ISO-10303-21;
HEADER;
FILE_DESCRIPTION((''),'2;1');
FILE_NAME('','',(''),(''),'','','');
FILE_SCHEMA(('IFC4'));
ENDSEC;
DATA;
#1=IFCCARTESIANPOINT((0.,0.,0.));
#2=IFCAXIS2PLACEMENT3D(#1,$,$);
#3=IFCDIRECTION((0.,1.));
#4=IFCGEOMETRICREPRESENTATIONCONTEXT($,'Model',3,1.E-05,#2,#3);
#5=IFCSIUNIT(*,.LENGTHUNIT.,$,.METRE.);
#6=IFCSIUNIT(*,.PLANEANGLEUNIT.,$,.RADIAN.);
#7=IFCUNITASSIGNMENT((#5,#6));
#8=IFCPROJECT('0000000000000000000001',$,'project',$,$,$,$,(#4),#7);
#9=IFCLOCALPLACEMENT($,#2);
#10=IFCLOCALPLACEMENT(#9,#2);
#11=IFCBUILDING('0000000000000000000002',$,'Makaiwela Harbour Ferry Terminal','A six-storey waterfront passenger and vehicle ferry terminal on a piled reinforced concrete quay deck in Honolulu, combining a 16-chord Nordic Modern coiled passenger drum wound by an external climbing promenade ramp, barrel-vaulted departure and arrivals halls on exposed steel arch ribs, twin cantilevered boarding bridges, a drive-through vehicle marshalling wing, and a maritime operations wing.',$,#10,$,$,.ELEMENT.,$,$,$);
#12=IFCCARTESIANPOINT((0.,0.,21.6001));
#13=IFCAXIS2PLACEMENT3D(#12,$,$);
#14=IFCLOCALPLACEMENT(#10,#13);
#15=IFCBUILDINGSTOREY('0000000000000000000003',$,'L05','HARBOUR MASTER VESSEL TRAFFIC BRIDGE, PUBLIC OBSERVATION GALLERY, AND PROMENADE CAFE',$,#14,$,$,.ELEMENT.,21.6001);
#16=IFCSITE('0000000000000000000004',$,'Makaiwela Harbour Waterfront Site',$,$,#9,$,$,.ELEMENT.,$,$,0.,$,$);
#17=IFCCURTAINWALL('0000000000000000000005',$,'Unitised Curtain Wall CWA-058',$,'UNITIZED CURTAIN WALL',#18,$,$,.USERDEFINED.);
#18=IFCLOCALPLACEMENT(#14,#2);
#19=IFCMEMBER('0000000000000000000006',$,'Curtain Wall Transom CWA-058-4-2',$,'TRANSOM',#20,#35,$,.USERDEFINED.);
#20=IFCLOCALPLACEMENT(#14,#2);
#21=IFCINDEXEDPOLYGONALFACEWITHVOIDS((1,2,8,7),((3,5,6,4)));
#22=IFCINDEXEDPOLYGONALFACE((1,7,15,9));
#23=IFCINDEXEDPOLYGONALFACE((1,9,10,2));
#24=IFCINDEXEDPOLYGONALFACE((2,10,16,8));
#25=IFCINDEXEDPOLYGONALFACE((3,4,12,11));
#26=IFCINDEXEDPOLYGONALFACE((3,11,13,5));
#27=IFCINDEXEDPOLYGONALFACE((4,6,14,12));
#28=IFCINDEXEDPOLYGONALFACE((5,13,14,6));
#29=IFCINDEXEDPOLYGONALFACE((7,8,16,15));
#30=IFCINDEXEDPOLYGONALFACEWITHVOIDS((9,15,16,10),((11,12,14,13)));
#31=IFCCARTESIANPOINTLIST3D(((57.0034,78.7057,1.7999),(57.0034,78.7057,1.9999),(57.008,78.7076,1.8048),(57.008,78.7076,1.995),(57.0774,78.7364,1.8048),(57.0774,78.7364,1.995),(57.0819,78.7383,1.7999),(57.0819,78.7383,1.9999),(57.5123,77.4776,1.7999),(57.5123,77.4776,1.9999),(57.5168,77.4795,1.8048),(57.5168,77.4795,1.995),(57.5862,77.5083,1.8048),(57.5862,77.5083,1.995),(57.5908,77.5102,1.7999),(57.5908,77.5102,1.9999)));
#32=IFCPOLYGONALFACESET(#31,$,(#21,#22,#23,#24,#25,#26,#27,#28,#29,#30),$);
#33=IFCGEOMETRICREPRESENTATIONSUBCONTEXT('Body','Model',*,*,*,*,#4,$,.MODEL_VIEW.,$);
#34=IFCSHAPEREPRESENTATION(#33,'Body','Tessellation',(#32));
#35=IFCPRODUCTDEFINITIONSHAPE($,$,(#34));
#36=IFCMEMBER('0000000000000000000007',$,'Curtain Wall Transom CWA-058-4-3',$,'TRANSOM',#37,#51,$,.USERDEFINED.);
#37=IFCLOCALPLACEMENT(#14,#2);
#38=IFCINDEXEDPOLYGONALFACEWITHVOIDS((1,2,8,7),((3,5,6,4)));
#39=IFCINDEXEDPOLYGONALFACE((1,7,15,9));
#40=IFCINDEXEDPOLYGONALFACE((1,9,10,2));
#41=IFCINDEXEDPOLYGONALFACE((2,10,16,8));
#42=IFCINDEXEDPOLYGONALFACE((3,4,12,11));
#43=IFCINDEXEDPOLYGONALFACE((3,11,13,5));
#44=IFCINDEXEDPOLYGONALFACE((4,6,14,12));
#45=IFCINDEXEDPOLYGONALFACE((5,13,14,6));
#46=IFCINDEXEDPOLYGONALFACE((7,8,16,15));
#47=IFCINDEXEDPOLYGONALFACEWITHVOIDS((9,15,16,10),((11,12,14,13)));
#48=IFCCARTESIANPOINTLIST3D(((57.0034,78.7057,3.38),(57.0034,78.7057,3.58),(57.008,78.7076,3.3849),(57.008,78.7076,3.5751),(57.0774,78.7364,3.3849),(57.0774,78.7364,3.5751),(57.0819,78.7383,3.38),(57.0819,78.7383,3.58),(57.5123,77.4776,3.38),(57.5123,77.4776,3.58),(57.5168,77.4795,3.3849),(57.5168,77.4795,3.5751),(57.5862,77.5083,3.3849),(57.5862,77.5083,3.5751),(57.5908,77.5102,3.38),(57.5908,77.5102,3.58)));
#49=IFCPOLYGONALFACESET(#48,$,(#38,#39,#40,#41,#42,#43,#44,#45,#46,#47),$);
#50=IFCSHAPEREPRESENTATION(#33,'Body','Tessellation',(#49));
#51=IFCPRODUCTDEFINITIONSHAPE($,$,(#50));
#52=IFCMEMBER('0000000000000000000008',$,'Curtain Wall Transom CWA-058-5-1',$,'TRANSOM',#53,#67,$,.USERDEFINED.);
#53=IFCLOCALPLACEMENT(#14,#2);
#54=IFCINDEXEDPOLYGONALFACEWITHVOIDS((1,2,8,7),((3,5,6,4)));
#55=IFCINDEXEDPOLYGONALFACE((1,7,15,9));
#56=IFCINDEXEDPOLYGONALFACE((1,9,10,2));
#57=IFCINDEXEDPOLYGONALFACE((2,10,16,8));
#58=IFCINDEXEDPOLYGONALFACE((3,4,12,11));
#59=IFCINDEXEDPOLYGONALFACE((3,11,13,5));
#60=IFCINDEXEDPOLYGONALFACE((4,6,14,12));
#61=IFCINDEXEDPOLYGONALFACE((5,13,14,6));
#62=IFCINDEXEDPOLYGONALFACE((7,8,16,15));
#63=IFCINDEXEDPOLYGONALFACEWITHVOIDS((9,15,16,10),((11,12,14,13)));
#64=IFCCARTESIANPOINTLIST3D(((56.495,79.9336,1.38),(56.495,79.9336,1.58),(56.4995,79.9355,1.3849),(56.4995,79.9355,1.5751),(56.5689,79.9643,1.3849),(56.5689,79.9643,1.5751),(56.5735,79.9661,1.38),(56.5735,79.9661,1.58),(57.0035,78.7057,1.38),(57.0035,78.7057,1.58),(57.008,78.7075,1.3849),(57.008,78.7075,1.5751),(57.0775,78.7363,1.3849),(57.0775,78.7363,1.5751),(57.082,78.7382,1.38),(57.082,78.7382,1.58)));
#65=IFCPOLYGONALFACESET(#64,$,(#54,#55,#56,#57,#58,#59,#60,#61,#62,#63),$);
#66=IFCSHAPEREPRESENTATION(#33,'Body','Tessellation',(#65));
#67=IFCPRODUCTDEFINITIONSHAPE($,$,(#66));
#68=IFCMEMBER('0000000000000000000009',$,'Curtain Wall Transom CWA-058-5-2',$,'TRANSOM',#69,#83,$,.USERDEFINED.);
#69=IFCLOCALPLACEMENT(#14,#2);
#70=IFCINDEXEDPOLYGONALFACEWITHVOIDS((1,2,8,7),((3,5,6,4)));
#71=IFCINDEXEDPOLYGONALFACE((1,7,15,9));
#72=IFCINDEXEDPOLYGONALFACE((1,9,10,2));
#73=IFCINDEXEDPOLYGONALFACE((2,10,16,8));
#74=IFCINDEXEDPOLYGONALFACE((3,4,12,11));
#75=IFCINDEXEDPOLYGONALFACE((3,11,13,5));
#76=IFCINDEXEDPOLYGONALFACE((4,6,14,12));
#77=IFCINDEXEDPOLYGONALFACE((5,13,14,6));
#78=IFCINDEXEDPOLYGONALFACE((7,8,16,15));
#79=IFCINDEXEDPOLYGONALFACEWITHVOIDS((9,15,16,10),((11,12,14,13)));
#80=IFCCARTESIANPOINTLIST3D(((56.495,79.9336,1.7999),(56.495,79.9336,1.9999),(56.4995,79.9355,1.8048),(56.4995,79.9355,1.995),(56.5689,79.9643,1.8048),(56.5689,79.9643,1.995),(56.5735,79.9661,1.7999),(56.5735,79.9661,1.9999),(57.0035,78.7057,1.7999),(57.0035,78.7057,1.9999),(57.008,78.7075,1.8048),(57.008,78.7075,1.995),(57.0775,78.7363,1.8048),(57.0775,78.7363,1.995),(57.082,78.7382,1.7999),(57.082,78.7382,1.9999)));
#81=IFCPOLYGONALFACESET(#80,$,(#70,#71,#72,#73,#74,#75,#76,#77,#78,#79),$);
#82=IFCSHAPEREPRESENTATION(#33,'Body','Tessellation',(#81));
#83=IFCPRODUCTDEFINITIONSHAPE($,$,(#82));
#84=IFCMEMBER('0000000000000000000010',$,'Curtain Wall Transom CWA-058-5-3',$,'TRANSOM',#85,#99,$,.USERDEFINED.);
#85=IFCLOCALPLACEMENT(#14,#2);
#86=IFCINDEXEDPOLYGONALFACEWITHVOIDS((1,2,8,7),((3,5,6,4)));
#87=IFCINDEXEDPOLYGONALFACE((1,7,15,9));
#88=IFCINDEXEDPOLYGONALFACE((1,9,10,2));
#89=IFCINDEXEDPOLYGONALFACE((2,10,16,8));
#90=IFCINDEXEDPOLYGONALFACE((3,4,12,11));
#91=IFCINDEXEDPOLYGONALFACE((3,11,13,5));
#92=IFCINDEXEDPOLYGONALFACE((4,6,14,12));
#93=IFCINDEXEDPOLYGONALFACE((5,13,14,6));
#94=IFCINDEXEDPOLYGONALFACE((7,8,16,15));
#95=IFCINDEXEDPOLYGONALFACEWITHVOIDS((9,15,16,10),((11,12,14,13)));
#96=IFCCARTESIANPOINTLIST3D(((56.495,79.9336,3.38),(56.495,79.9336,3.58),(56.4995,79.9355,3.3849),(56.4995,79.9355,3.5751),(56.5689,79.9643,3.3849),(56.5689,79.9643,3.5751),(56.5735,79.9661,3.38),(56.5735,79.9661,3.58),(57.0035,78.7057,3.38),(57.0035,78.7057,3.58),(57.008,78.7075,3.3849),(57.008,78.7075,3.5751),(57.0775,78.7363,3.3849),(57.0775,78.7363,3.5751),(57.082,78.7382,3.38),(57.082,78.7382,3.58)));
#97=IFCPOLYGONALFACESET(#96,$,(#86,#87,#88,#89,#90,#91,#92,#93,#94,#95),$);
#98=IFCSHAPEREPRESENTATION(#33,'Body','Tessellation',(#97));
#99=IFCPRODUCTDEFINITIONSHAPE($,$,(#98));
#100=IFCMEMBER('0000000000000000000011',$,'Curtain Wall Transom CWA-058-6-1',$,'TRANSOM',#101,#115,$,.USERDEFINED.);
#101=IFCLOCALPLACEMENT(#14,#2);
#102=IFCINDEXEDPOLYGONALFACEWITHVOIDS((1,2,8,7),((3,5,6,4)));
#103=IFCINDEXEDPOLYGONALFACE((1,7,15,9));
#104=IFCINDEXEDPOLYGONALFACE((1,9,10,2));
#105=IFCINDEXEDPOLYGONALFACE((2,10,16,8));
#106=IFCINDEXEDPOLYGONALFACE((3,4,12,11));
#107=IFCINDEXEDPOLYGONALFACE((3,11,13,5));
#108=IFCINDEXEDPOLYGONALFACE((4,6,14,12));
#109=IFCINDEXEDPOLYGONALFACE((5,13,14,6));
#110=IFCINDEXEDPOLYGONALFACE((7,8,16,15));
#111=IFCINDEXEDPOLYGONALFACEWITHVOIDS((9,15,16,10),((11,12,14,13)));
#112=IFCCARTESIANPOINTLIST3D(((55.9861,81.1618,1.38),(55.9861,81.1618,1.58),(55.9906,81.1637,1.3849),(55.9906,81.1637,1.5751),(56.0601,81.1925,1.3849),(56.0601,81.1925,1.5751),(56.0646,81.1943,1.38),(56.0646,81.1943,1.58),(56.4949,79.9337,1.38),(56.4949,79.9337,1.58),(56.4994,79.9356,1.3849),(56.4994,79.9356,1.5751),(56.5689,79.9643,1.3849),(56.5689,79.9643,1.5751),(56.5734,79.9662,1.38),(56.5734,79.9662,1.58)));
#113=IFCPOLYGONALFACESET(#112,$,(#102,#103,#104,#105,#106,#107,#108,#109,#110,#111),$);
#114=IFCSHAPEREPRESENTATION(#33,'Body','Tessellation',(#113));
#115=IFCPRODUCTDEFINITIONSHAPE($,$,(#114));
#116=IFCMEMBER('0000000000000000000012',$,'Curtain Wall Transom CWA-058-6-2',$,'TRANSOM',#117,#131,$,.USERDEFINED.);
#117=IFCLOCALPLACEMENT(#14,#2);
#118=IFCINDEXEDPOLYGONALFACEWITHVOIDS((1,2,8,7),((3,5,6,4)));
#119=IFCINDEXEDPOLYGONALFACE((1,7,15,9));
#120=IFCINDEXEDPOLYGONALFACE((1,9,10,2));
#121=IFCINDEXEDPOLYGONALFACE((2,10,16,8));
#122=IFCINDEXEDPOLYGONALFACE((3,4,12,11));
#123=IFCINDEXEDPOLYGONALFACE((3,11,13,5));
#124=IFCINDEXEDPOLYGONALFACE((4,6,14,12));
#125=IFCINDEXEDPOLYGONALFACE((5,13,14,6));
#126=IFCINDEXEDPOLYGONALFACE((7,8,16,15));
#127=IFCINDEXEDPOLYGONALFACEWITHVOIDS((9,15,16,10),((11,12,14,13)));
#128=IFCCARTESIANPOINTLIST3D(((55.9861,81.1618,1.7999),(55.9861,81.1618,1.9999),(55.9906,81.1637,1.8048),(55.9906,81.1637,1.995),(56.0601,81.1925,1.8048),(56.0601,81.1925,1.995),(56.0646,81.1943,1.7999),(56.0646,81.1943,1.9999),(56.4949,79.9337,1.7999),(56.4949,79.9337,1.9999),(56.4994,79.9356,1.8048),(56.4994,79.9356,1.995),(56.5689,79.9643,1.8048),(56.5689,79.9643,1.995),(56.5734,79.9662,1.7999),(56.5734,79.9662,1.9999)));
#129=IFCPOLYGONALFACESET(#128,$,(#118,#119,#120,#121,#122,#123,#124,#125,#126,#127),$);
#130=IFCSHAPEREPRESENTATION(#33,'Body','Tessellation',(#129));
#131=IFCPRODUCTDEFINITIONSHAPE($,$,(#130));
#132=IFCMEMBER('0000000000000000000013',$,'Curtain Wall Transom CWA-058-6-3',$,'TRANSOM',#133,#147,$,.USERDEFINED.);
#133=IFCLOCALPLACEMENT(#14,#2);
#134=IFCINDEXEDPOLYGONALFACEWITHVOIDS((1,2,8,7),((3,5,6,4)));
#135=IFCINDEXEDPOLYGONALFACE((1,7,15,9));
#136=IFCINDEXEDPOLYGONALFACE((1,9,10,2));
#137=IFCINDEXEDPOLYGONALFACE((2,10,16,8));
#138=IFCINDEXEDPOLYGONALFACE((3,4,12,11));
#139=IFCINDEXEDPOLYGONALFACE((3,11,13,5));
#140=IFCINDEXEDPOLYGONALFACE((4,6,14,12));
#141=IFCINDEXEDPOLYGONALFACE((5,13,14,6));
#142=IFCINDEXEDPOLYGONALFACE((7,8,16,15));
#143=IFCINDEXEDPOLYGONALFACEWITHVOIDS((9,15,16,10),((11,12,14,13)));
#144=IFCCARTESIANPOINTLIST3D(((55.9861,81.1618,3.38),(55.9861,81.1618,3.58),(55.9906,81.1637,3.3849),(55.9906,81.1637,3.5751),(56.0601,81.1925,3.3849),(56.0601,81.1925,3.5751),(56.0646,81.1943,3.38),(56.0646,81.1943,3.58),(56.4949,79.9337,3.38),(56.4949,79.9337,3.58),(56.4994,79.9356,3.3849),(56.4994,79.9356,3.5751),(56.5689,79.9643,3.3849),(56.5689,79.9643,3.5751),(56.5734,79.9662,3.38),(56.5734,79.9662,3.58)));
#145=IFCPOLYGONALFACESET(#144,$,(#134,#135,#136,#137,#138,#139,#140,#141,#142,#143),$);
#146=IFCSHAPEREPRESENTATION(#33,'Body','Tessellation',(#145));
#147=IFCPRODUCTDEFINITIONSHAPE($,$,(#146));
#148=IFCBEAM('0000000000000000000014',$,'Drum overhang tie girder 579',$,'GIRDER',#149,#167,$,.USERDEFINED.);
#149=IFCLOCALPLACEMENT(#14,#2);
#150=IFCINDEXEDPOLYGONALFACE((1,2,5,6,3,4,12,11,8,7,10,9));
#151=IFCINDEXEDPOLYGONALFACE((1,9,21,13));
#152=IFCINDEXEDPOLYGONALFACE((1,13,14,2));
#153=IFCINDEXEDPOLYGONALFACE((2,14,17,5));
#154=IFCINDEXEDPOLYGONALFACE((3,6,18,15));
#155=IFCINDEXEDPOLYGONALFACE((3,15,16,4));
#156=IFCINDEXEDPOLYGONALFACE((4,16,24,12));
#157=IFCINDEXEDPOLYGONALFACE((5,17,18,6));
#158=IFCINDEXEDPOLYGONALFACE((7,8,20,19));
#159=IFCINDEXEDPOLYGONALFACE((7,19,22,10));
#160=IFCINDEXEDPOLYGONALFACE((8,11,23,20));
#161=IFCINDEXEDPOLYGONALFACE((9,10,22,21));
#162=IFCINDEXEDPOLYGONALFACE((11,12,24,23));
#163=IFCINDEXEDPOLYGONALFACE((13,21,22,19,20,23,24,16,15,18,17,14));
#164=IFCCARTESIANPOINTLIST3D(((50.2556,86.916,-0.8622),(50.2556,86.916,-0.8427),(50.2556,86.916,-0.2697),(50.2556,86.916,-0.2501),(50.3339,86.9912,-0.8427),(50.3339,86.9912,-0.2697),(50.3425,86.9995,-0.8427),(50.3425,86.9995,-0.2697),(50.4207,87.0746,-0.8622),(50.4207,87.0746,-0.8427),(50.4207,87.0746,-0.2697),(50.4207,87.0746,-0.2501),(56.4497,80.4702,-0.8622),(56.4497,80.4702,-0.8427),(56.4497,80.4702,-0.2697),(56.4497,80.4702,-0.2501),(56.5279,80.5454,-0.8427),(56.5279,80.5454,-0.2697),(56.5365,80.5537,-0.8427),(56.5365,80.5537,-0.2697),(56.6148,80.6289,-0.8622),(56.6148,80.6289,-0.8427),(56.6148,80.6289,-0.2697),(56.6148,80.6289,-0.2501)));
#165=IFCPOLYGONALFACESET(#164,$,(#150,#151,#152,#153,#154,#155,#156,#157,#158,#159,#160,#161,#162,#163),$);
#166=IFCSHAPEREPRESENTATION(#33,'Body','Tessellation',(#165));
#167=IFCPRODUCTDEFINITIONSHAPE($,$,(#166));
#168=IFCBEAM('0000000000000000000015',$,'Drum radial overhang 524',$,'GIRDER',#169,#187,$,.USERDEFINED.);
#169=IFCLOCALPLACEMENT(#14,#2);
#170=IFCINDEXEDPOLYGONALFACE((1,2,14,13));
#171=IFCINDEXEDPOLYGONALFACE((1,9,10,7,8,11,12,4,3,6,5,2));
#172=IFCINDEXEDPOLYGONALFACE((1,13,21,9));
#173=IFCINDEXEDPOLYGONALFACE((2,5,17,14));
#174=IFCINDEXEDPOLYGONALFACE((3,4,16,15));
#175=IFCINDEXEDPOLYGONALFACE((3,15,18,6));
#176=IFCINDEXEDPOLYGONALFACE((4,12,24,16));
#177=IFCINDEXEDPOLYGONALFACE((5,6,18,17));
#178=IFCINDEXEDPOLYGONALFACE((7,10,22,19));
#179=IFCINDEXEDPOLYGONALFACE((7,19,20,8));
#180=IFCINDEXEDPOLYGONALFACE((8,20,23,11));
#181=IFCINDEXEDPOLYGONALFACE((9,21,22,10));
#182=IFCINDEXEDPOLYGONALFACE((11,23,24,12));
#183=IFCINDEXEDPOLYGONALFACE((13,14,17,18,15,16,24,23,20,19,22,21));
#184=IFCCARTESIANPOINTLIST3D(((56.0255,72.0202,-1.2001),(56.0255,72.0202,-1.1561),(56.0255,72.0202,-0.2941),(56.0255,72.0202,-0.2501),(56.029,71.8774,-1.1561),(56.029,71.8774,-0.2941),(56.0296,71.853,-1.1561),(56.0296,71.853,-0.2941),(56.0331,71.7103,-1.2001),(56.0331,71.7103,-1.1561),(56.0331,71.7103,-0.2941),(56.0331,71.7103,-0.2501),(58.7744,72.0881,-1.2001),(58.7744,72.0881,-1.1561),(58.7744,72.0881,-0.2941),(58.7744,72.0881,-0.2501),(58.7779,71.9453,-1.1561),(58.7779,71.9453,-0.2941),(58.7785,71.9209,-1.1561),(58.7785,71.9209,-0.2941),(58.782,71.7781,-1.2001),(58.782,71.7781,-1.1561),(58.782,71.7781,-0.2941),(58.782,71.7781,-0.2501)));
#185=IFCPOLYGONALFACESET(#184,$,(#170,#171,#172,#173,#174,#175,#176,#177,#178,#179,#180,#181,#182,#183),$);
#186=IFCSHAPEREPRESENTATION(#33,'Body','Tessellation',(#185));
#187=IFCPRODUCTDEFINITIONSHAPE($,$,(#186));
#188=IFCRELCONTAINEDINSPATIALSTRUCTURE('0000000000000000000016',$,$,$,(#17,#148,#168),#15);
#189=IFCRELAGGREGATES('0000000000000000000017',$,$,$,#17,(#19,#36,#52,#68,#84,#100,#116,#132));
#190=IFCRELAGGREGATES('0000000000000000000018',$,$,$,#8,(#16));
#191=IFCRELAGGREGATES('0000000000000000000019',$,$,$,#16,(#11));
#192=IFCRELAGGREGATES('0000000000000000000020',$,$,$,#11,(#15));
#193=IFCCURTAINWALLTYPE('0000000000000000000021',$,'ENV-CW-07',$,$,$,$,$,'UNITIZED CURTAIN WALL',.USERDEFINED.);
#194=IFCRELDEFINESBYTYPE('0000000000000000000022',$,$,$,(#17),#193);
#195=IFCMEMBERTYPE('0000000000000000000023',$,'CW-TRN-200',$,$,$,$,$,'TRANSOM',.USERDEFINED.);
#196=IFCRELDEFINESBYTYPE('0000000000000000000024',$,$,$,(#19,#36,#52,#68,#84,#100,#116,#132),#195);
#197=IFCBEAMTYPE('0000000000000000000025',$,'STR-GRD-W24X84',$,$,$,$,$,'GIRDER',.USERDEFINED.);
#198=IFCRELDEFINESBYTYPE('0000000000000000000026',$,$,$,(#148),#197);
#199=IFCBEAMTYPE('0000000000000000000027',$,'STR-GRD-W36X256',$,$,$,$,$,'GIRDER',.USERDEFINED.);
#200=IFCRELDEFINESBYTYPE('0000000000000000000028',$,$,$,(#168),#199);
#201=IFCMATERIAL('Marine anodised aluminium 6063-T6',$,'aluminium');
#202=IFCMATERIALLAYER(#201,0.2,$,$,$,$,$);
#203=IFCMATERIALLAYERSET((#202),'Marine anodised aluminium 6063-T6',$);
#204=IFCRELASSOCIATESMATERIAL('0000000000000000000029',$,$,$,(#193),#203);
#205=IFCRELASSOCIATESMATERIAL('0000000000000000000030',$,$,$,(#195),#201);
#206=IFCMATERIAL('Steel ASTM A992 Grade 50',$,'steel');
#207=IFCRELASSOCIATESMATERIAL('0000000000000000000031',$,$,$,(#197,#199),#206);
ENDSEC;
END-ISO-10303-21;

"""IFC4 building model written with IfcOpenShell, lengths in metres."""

from ifc_helpers import new_model, si_unit, direction, frame, origin, origin_2d, place, context, subcontext, project, spatial, hollow_rectangle, i_section, extrude, material, layer, layer_set, material_profile, profile_set, type_object, element, aggregate, save


model = new_model("IFC4")

# Units and contexts
model_context = context("Model", 3, precision=1e-05, world=origin(), true_north=direction((0.0, 1.0)))
body_context = subcontext(model_context, "Body", "Model", "MODEL_VIEW")
ifc_project = project(units=[si_unit("LENGTHUNIT", "METRE"), si_unit("PLANEANGLEUNIT", "RADIAN")], contexts=[model_context])

# Site, building, storey
site_placement = place(None, origin())
site = spatial("IfcSite", under=ifc_project, at=site_placement, Name="Makaiwela Harbour Waterfront Site", CompositionType="ELEMENT", RefElevation=0.0)
building_placement = place(site_placement, origin())
building = spatial("IfcBuilding", under=site, at=building_placement, Name="Makaiwela Harbour Ferry Terminal", Description="A six-storey waterfront passenger and vehicle ferry terminal on a piled reinforced concrete quay deck in Honolulu, combining a 16-chord Nordic Modern coiled passenger drum wound by an external climbing promenade ramp, barrel-vaulted departure and arrivals halls on exposed steel arch ribs, twin cantilevered boarding bridges, a drive-through vehicle marshalling wing, and a maritime operations wing.", CompositionType="ELEMENT")
storey_placement = place(building_placement, frame((0.0, 0.0, 21.6001)))
storey = spatial("IfcBuildingStorey", under=building, at=storey_placement, Name="L05", Description="HARBOUR MASTER VESSEL TRAFFIC BRIDGE, PUBLIC OBSERVATION GALLERY, AND PROMENADE CAFE", CompositionType="ELEMENT", Elevation=21.6001)

# Shared definitions
ifc_material_1 = material(Name="Steel ASTM A992 Grade 50", Category="steel")

# Curtain wall, members
ifc_material_2 = material(Name="Marine anodised aluminium 6063-T6", Category="aluminium")
ifc_layer_1 = layer(ifc_material_2, 0.2)
ifc_layer_set_1 = layer_set([ifc_layer_1], Name="Marine anodised aluminium 6063-T6")
curtain_wall_type = type_object("IfcCurtainWallType", Name="ENV-CW-07", ElementType="UNITIZED CURTAIN WALL", PredefinedType="USERDEFINED", material=ifc_layer_set_1)
curtain_wall_placement = place(storey_placement, origin())
curtain_wall = element("IfcCurtainWall", 1, at=curtain_wall_placement, inside=storey, type_object=curtain_wall_type, Name="Unitised Curtain Wall CWA-058", ObjectType="UNITIZED CURTAIN WALL", PredefinedType="USERDEFINED")
ifc_material_profile_1 = material_profile(ifc_material_2, hollow_rectangle(XDim=0.085, YDim=0.2, WallThickness=0.0049, at=origin_2d()), Name="CWT-200X85")
ifc_profile_set_1 = profile_set([ifc_material_profile_1], Name="Marine anodised aluminium 6063-T6")
member_type_1 = type_object("IfcMemberType", Name="CW-TRN-200", ElementType="TRANSOM", PredefinedType="USERDEFINED", material=ifc_profile_set_1)
member_1_placement = place(storey_placement, frame((57.5515, 77.4939, 1.8999), z_axis=(-0.382763, 0.923847, 0.0), x_axis=(-0.923847, -0.382763, 0.0)))
member_1 = element("IfcMember", 2, at=member_1_placement, type_object=member_type_1, Name="Curtain Wall Transom CWA-058-4-2", ObjectType="TRANSOM", PredefinedType="USERDEFINED", context=body_context, shape_type="SweptSolid", body=[
    extrude(hollow_rectangle(XDim=0.085, YDim=0.2, WallThickness=0.0049, at=origin_2d()), origin(), (0.0, 0.0, 1.0), 1.3293),
])
member_2_placement = place(storey_placement, frame((57.5515, 77.4939, 3.48), z_axis=(-0.382763, 0.923847, 0.0), x_axis=(-0.923847, -0.382763, 0.0)))
member_2 = element("IfcMember", 3, at=member_2_placement, type_object=member_type_1, Name="Curtain Wall Transom CWA-058-4-3", ObjectType="TRANSOM", PredefinedType="USERDEFINED", context=body_context, shape_type="SweptSolid", body=[
    extrude(hollow_rectangle(XDim=0.085, YDim=0.2, WallThickness=0.0049, at=origin_2d()), origin(), (0.0, 0.0, 1.0), 1.3293),
])
member_3_placement = place(storey_placement, frame((57.0427, 78.7219, 1.48), z_axis=(-0.382606, 0.923912, 0.0), x_axis=(-0.923912, -0.382606, 0.0)))
member_3 = element("IfcMember", 4, at=member_3_placement, type_object=member_type_1, Name="Curtain Wall Transom CWA-058-5-1", ObjectType="TRANSOM", PredefinedType="USERDEFINED", context=body_context, shape_type="SweptSolid", body=[
    extrude(hollow_rectangle(XDim=0.085, YDim=0.2, WallThickness=0.0049, at=origin_2d()), origin(), (0.0, 0.0, 1.0), 1.3291),
])
member_4_placement = place(storey_placement, frame((57.0427, 78.7219, 1.8999), z_axis=(-0.382606, 0.923912, 0.0), x_axis=(-0.923912, -0.382606, 0.0)))
member_4 = element("IfcMember", 5, at=member_4_placement, type_object=member_type_1, Name="Curtain Wall Transom CWA-058-5-2", ObjectType="TRANSOM", PredefinedType="USERDEFINED", context=body_context, shape_type="SweptSolid", body=[
    extrude(hollow_rectangle(XDim=0.085, YDim=0.2, WallThickness=0.0049, at=origin_2d()), origin(), (0.0, 0.0, 1.0), 1.3291),
])
member_5_placement = place(storey_placement, frame((57.0427, 78.7219, 3.48), z_axis=(-0.382606, 0.923912, 0.0), x_axis=(-0.923912, -0.382606, 0.0)))
member_5 = element("IfcMember", 6, at=member_5_placement, type_object=member_type_1, Name="Curtain Wall Transom CWA-058-5-3", ObjectType="TRANSOM", PredefinedType="USERDEFINED", context=body_context, shape_type="SweptSolid", body=[
    extrude(hollow_rectangle(XDim=0.085, YDim=0.2, WallThickness=0.0049, at=origin_2d()), origin(), (0.0, 0.0, 1.0), 1.3291),
])
member_6_placement = place(storey_placement, frame((56.5342, 79.95, 1.48), z_axis=(-0.382763, 0.923847, 0.0), x_axis=(-0.923847, -0.382763, 0.0)))
member_6 = element("IfcMember", 7, at=member_6_placement, type_object=member_type_1, Name="Curtain Wall Transom CWA-058-6-1", ObjectType="TRANSOM", PredefinedType="USERDEFINED", context=body_context, shape_type="SweptSolid", body=[
    extrude(hollow_rectangle(XDim=0.085, YDim=0.2, WallThickness=0.0049, at=origin_2d()), origin(), (0.0, 0.0, 1.0), 1.3293),
])
member_7_placement = place(storey_placement, frame((56.5342, 79.95, 1.8999), z_axis=(-0.382763, 0.923847, 0.0), x_axis=(-0.923847, -0.382763, 0.0)))
member_7 = element("IfcMember", 8, at=member_7_placement, type_object=member_type_1, Name="Curtain Wall Transom CWA-058-6-2", ObjectType="TRANSOM", PredefinedType="USERDEFINED", context=body_context, shape_type="SweptSolid", body=[
    extrude(hollow_rectangle(XDim=0.085, YDim=0.2, WallThickness=0.0049, at=origin_2d()), origin(), (0.0, 0.0, 1.0), 1.3293),
])
member_8_placement = place(storey_placement, frame((56.5342, 79.95, 3.48), z_axis=(-0.382763, 0.923847, 0.0), x_axis=(-0.923847, -0.382763, 0.0)))
member_8 = element("IfcMember", 9, at=member_8_placement, type_object=member_type_1, Name="Curtain Wall Transom CWA-058-6-3", ObjectType="TRANSOM", PredefinedType="USERDEFINED", context=body_context, shape_type="SweptSolid", body=[
    extrude(hollow_rectangle(XDim=0.085, YDim=0.2, WallThickness=0.0049, at=origin_2d()), origin(), (0.0, 0.0, 1.0), 1.3293),
])

# Beams
ifc_material_profile_2 = material_profile(ifc_material_1, i_section(OverallWidth=0.229, OverallDepth=0.6121, WebThickness=0.012, FlangeThickness=0.0195, at=origin_2d()), Name="W24X84")
ifc_profile_set_2 = profile_set([ifc_material_profile_2], Name="Steel ASTM A992 Grade 50")
beam_type_1 = type_object("IfcBeamType", Name="STR-GRD-W24X84", ElementType="GIRDER", PredefinedType="USERDEFINED", material=ifc_profile_set_2)
beam_1_placement = place(storey_placement, frame((56.5322, 80.5496, -0.5562), z_axis=(-0.692888, 0.721045, 0.0), x_axis=(-0.721045, -0.692888, 0.0)))
element("IfcBeam", 10, at=beam_1_placement, inside=storey, type_object=beam_type_1, Name="Drum overhang tie girder 579", ObjectType="GIRDER", PredefinedType="USERDEFINED", context=body_context, shape_type="SweptSolid", body=[
    extrude(i_section(OverallWidth=0.229, OverallDepth=0.6121, WebThickness=0.012, FlangeThickness=0.0195, at=origin_2d()), origin(), (0.0, 0.0, 1.0), 8.9395),
])
ifc_material_profile_3 = material_profile(ifc_material_1, i_section(OverallWidth=0.3101, OverallDepth=0.95, WebThickness=0.0244, FlangeThickness=0.0439, at=origin_2d()), Name="W36X256")
ifc_profile_set_3 = profile_set([ifc_material_profile_3], Name="Steel ASTM A992 Grade 50")
beam_type_2 = type_object("IfcBeamType", Name="STR-GRD-W36X256", ElementType="GIRDER", PredefinedType="USERDEFINED", material=ifc_profile_set_3)
beam_2_placement = place(storey_placement, frame((56.0293, 71.8652, -0.7251), z_axis=(0.999695, 0.024682, 0.0), x_axis=(-0.024682, 0.999695, 0.0)))
element("IfcBeam", 11, at=beam_2_placement, inside=storey, type_object=beam_type_2, Name="Drum radial overhang 524", ObjectType="GIRDER", PredefinedType="USERDEFINED", context=body_context, shape_type="SweptSolid", body=[
    extrude(i_section(OverallWidth=0.3101, OverallDepth=0.95, WebThickness=0.0244, FlangeThickness=0.0439, at=origin_2d()), origin(), (0.0, 0.0, 1.0), 2.7498),
])

aggregate(curtain_wall, [member_1, member_2, member_3, member_4, member_5, member_6, member_7, member_8])

save(model, "model.ifc")
